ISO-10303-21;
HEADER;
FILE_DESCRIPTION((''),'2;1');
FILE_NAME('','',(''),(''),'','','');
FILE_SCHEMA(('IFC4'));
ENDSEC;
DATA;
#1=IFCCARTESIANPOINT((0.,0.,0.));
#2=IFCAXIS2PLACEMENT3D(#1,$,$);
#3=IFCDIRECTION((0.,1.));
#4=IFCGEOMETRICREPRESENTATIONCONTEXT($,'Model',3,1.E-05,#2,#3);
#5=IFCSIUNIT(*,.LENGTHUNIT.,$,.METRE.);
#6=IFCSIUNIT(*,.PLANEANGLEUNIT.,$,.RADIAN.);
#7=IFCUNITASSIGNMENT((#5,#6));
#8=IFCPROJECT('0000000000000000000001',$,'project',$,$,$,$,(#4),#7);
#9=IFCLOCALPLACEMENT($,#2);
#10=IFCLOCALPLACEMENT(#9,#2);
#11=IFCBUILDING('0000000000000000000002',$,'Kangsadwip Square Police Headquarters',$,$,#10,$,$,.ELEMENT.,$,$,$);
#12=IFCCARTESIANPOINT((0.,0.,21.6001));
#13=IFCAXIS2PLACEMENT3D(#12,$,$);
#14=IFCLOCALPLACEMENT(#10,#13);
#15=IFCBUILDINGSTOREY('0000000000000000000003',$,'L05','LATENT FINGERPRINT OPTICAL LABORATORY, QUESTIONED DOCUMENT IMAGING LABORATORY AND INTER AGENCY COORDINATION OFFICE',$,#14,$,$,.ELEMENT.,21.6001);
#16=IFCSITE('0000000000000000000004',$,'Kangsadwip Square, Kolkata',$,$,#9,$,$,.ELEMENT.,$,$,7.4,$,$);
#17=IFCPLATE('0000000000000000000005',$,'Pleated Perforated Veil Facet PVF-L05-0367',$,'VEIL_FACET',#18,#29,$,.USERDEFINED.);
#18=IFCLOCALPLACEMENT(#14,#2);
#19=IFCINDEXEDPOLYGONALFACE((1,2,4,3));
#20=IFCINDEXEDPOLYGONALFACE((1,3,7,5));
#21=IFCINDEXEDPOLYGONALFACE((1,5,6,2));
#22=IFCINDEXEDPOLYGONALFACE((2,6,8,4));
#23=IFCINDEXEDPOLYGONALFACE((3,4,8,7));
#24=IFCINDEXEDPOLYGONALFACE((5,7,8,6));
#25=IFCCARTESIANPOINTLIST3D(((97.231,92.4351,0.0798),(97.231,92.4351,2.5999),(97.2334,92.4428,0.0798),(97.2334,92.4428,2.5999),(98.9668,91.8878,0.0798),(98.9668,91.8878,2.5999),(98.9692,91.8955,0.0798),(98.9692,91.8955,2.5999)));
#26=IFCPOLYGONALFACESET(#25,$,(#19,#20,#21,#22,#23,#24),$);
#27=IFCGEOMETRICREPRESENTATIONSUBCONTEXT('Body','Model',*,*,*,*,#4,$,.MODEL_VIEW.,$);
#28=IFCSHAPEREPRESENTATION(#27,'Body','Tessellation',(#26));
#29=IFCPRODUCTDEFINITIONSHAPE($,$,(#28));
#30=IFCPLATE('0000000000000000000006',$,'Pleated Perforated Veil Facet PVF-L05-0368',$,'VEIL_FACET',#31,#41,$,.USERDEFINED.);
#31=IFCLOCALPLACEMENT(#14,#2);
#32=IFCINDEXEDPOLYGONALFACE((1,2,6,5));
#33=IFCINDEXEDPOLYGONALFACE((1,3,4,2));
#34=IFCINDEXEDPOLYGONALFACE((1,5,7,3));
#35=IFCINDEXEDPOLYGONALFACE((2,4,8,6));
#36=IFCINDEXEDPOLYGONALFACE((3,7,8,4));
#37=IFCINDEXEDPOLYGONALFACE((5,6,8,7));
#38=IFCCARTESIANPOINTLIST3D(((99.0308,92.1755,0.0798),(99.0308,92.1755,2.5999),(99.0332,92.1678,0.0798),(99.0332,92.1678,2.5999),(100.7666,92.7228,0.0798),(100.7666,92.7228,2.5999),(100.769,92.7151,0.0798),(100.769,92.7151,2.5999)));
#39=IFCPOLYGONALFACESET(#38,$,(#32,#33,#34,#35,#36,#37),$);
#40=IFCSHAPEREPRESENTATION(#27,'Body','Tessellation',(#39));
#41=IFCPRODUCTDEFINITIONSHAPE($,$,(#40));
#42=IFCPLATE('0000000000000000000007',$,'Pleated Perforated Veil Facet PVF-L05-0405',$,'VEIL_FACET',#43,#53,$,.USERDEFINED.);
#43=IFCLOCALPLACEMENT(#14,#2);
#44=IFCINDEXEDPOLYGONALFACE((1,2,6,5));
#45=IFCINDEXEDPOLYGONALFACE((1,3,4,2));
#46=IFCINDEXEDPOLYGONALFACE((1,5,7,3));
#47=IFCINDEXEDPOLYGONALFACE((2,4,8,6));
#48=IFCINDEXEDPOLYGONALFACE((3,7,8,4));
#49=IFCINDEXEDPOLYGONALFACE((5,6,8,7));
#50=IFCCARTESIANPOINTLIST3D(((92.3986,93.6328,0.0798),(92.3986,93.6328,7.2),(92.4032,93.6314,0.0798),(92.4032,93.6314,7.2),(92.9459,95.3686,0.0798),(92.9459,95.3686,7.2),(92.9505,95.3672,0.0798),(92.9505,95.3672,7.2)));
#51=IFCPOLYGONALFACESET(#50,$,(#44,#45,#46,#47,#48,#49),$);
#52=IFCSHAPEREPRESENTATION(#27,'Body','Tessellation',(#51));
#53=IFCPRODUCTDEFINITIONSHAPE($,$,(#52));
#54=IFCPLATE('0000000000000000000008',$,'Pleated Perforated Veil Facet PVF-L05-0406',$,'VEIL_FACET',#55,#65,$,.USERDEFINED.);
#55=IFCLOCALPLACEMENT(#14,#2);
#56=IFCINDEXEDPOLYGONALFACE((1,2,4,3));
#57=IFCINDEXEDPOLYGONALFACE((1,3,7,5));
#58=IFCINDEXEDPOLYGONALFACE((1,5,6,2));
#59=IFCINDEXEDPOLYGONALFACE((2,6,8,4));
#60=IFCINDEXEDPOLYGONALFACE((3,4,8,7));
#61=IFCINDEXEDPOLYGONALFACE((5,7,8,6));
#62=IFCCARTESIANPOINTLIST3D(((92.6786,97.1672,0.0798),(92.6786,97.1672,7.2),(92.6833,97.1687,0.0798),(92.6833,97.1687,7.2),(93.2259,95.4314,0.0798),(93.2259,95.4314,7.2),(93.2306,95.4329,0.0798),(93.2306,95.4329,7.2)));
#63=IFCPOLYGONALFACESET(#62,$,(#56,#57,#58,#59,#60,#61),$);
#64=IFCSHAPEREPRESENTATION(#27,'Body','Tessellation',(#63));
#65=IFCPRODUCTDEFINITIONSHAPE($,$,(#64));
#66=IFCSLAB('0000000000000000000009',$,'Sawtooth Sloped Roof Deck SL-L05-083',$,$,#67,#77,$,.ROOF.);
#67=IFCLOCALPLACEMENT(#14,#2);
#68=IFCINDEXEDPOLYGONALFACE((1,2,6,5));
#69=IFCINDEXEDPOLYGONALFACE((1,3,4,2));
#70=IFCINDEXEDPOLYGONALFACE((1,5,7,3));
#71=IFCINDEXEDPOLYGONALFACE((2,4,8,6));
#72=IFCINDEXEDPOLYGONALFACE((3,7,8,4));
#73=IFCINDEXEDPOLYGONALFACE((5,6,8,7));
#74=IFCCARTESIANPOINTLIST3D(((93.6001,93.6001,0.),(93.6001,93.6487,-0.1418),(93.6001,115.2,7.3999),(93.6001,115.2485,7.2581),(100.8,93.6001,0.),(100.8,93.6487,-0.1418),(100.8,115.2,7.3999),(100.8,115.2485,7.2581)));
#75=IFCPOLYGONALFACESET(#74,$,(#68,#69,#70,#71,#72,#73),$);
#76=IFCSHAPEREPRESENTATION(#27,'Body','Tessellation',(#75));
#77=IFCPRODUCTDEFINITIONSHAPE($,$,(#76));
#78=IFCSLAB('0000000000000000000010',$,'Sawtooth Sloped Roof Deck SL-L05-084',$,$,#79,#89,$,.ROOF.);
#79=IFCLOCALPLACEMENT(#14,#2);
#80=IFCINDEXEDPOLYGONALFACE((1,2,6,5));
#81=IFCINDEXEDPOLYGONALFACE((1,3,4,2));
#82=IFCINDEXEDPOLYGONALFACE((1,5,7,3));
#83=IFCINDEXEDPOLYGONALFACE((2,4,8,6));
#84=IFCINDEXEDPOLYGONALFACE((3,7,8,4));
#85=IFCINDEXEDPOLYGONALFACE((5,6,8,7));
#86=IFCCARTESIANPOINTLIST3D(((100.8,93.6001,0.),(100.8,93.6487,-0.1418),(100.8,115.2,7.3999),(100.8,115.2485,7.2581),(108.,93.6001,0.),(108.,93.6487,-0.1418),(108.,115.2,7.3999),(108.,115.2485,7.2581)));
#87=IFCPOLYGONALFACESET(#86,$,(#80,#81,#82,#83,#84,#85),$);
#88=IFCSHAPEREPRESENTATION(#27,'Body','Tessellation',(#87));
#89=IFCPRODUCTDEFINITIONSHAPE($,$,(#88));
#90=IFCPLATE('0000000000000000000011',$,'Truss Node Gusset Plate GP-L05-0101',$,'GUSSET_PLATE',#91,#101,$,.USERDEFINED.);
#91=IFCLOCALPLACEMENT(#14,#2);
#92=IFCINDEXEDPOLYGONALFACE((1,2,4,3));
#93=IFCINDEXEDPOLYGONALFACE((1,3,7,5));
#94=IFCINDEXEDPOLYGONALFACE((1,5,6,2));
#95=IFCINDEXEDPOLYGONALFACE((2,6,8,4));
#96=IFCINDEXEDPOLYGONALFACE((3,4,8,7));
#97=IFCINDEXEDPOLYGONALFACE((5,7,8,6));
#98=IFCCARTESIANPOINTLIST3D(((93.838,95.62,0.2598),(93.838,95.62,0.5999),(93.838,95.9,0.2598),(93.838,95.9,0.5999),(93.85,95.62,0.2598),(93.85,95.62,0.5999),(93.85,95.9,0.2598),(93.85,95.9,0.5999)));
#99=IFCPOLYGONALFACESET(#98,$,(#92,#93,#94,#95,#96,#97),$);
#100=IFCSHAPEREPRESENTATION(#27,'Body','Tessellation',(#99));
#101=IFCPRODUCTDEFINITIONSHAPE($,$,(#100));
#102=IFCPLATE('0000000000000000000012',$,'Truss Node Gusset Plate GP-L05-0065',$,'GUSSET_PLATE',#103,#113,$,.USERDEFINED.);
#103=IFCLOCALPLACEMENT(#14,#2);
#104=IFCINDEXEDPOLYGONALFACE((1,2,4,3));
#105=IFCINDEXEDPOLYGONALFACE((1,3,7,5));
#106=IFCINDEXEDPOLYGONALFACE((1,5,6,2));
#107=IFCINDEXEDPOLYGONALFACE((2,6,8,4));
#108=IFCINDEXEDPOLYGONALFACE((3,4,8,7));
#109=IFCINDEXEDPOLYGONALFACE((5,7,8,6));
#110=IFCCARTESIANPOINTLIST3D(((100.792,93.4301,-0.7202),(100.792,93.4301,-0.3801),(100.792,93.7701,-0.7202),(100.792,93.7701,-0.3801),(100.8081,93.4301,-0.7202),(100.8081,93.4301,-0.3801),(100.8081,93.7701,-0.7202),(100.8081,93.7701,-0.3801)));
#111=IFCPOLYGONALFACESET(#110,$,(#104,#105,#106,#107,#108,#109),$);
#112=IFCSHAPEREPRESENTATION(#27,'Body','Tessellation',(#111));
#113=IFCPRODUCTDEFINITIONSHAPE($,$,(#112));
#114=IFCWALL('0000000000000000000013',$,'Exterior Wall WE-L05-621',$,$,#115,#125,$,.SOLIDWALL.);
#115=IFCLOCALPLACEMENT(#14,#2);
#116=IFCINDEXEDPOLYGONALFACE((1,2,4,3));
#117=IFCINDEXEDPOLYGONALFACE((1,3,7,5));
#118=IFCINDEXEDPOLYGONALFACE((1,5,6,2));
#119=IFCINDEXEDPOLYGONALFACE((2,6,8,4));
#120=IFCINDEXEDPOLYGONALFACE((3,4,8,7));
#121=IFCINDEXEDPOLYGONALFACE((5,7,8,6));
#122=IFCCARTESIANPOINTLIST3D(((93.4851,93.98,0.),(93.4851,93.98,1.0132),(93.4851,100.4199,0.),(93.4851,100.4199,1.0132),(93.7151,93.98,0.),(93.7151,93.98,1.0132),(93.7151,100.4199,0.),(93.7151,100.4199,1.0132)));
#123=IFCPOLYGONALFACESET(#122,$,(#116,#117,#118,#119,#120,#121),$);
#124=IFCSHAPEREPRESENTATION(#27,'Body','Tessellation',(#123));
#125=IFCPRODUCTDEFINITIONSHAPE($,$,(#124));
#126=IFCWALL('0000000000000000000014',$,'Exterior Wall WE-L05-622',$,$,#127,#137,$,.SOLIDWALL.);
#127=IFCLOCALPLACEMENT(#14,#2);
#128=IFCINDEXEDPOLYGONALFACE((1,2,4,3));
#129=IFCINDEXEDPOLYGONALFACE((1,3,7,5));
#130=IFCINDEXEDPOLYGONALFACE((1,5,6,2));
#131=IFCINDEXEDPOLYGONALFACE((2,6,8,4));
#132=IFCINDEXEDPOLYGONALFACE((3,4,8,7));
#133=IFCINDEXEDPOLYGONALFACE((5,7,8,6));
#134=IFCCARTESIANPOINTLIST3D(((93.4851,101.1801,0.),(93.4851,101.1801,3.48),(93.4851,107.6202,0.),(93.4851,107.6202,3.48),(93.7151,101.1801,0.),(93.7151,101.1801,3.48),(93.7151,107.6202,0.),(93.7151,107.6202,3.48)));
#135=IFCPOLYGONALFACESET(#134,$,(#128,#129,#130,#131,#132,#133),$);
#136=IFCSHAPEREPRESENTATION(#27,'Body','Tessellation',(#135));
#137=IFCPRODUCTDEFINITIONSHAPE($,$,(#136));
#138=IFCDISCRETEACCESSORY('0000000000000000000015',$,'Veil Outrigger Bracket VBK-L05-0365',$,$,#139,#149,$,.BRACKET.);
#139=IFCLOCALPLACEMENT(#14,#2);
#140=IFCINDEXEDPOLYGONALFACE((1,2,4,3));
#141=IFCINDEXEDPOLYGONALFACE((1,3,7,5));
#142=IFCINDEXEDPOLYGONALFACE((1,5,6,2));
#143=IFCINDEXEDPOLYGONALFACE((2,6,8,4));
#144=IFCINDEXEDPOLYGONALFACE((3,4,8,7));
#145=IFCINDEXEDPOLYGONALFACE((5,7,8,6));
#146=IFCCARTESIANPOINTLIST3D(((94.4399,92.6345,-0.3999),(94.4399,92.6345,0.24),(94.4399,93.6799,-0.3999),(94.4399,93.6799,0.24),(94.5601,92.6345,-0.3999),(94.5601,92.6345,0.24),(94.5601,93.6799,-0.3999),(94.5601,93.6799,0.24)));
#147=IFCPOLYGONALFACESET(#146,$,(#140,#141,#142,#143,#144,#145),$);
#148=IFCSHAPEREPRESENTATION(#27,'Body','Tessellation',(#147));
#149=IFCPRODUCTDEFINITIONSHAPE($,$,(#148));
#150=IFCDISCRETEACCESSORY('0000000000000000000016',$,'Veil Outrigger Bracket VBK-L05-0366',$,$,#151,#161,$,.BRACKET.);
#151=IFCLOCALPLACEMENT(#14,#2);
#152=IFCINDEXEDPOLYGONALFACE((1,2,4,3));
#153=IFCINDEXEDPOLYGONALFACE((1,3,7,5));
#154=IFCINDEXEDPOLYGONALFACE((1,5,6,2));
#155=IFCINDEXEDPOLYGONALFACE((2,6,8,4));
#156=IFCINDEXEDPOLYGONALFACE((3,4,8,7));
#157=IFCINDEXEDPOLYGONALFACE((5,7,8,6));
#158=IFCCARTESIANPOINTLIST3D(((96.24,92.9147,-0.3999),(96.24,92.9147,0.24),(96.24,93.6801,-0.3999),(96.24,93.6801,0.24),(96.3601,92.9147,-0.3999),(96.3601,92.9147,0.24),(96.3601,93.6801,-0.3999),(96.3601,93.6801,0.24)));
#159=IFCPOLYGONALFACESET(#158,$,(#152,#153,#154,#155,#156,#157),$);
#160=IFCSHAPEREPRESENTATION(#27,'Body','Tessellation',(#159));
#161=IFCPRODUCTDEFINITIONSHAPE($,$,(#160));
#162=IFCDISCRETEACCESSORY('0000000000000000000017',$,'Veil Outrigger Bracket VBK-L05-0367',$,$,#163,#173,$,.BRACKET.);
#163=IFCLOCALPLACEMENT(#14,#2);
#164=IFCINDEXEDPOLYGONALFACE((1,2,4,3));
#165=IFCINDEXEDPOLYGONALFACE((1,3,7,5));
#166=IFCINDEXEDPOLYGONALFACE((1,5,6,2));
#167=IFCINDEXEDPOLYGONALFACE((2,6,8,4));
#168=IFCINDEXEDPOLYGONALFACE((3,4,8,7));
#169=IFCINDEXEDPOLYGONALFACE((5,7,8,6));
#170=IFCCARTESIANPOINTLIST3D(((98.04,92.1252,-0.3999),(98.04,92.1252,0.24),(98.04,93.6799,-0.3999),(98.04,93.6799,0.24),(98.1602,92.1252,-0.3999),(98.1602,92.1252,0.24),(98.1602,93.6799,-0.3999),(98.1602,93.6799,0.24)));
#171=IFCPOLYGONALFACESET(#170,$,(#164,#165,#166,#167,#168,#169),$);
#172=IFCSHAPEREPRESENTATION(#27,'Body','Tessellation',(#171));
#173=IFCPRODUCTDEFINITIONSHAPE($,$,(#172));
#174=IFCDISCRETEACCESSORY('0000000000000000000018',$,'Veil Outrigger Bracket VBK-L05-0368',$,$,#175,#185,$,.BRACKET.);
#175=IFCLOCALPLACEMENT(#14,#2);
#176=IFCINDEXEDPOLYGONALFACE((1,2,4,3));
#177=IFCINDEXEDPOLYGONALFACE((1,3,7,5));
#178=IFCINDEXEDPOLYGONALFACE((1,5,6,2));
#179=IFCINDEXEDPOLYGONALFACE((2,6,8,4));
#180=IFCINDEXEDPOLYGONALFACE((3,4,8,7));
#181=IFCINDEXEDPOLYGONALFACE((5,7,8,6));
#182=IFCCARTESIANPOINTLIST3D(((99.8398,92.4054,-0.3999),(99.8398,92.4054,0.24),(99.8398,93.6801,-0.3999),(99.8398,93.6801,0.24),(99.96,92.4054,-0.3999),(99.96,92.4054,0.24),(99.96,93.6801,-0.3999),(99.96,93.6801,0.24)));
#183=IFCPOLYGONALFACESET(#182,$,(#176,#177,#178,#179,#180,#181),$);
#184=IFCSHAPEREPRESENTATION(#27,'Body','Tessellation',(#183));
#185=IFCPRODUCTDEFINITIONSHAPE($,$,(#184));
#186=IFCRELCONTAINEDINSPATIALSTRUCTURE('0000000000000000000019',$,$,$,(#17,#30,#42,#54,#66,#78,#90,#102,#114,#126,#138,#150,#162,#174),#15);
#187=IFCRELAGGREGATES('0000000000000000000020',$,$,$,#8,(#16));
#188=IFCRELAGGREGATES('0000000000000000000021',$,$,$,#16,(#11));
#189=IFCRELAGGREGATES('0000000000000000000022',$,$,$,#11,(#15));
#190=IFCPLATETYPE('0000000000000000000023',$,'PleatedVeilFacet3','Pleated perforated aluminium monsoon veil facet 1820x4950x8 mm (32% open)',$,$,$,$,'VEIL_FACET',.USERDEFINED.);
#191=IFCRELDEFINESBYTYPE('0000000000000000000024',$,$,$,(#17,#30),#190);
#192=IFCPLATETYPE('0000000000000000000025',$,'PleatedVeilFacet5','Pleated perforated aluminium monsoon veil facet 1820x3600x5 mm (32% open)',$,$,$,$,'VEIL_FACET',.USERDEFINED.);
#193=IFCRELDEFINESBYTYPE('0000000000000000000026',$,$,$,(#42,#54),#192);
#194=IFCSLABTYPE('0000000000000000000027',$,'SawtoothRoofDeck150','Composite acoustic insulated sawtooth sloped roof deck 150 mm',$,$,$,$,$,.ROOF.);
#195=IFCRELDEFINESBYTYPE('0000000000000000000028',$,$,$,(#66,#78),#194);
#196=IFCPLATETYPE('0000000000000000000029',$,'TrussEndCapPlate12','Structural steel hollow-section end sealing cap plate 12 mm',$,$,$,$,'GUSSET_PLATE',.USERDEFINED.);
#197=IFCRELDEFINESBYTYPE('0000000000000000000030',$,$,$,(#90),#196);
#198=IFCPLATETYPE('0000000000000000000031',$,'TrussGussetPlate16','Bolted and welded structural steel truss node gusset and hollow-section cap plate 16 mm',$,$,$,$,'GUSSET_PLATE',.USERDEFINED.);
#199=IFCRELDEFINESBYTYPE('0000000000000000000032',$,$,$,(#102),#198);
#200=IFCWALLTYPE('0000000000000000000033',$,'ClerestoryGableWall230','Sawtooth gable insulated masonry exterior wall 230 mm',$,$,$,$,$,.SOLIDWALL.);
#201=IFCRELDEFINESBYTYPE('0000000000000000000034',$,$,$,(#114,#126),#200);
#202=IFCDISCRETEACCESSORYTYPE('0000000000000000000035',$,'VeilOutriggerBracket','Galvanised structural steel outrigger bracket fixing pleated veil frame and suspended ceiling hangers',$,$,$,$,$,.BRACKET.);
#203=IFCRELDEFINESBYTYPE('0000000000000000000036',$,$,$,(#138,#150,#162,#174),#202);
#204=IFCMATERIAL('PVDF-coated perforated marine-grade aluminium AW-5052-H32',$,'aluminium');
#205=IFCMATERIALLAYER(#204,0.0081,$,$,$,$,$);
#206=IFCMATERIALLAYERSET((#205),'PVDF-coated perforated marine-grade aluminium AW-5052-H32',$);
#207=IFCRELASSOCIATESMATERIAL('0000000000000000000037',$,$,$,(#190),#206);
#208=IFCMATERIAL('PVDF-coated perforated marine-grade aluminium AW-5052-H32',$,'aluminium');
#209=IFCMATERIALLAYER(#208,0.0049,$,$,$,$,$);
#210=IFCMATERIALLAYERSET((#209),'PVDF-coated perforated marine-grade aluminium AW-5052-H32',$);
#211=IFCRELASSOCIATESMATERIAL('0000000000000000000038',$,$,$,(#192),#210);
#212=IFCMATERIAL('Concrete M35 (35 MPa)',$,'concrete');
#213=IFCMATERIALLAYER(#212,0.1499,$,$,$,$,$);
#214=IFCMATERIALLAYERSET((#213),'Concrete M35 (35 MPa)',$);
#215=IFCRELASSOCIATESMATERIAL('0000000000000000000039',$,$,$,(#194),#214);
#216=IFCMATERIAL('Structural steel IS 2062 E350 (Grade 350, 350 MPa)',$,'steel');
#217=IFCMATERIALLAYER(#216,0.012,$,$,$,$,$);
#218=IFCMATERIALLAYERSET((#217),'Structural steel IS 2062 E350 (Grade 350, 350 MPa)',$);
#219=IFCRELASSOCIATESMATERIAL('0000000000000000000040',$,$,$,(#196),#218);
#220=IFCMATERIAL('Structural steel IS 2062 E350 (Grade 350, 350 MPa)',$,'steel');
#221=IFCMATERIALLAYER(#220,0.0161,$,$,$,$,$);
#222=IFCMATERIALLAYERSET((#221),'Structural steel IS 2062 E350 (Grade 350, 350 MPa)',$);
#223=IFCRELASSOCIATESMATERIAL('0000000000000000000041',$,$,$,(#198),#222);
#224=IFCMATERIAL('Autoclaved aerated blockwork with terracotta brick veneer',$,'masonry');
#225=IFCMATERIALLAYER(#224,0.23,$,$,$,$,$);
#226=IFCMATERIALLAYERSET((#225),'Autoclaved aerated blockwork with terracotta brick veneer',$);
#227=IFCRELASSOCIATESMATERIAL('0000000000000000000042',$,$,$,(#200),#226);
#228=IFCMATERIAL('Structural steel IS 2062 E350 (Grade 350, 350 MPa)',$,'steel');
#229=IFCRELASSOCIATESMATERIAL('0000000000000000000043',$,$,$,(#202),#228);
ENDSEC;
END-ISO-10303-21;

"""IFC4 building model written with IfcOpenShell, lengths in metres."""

from ifc_helpers import new_model, si_unit, direction, frame, frame_2d, origin, origin_2d, place, context, subcontext, project, spatial, polyline, rectangle, outline, extrude, material, layer, layer_set, type_object, element, save


model = new_model("IFC4")

# Units and contexts
model_context = context("Model", 3, precision=1e-05, world=origin(), true_north=direction((0.0, 1.0)))
body_context = subcontext(model_context, "Body", "Model", "MODEL_VIEW")
ifc_project = project(units=[si_unit("LENGTHUNIT", "METRE"), si_unit("PLANEANGLEUNIT", "RADIAN")], contexts=[model_context])

# Site, building, storey
site_placement = place(None, origin())
site = spatial("IfcSite", under=ifc_project, at=site_placement, Name="Kangsadwip Square, Kolkata", CompositionType="ELEMENT", RefElevation=7.4)
building_placement = place(site_placement, origin())
building = spatial("IfcBuilding", under=site, at=building_placement, Name="Kangsadwip Square Police Headquarters", CompositionType="ELEMENT")
storey_placement = place(building_placement, frame((0.0, 0.0, 21.6001)))
storey = spatial("IfcBuildingStorey", under=building, at=storey_placement, Name="L05", Description="LATENT FINGERPRINT OPTICAL LABORATORY, QUESTIONED DOCUMENT IMAGING LABORATORY AND INTER AGENCY COORDINATION OFFICE", CompositionType="ELEMENT", Elevation=21.6001)

# Plates
ifc_material_1 = material(Name="PVDF-coated perforated marine-grade aluminium AW-5052-H32", Category="aluminium")
ifc_layer_1 = layer(ifc_material_1, 0.0081)
ifc_layer_set_1 = layer_set([ifc_layer_1], Name="PVDF-coated perforated marine-grade aluminium AW-5052-H32")
plate_type_1 = type_object("IfcPlateType", Name="PleatedVeilFacet3", Description="Pleated perforated aluminium monsoon veil facet 1820x4950x8 mm (32% open)", ElementType="VEIL_FACET", PredefinedType="USERDEFINED", material=ifc_layer_set_1)
for number, where, z_axis, x_axis, name in (
    (1, (98.1001, 92.1653, 0.0798), (0.0, 0.0, 1.0), (0.953717, -0.300706, 0.0), "Pleated Perforated Veil Facet PVF-L05-0367"),
    (2, (99.8999, 92.4453, 0.0798), (0.0, 0.0, 1.0), (0.953717, 0.300706, 0.0), "Pleated Perforated Veil Facet PVF-L05-0368"),
):
    element("IfcPlate", number, at=place(storey_placement, frame(where, z_axis=z_axis, x_axis=x_axis)), inside=storey, type_object=plate_type_1, Name=name, ObjectType="VEIL_FACET", PredefinedType="USERDEFINED", context=body_context, shape_type="SweptSolid", body=[
        extrude(rectangle(XDim=1.8201, YDim=0.0081, at=origin_2d()), origin(), (0.0, 0.0, 1.0), 2.52),
    ])
ifc_material_2 = material(Name="PVDF-coated perforated marine-grade aluminium AW-5052-H32", Category="aluminium")
ifc_layer_2 = layer(ifc_material_2, 0.0049)
ifc_layer_set_2 = layer_set([ifc_layer_2], Name="PVDF-coated perforated marine-grade aluminium AW-5052-H32")
plate_type_2 = type_object("IfcPlateType", Name="PleatedVeilFacet5", Description="Pleated perforated aluminium monsoon veil facet 1820x3600x5 mm (32% open)", ElementType="VEIL_FACET", PredefinedType="USERDEFINED", material=ifc_layer_set_2)
for number, where, z_axis, x_axis, name in (
    (3, (92.6746, 94.5, 0.0798), (0.0, 0.0, 1.0), (0.300706, 0.953717, 0.0), "Pleated Perforated Veil Facet PVF-L05-0405"),
    (4, (92.9546, 96.3, 0.0798), (0.0, 0.0, 1.0), (-0.300706, 0.953717, 0.0), "Pleated Perforated Veil Facet PVF-L05-0406"),
):
    element("IfcPlate", number, at=place(storey_placement, frame(where, z_axis=z_axis, x_axis=x_axis)), inside=storey, type_object=plate_type_2, Name=name, ObjectType="VEIL_FACET", PredefinedType="USERDEFINED", context=body_context, shape_type="SweptSolid", body=[
        extrude(rectangle(XDim=1.8201, YDim=0.0049, at=origin_2d()), origin(), (0.0, 0.0, 1.0), 7.1201),
    ])

# Slabs
ifc_material_3 = material(Name="Concrete M35 (35 MPa)", Category="concrete")
ifc_layer_3 = layer(ifc_material_3, 0.1499)
ifc_layer_set_3 = layer_set([ifc_layer_3], Name="Concrete M35 (35 MPa)")
slab_type = type_object("IfcSlabType", Name="SawtoothRoofDeck150", Description="Composite acoustic insulated sawtooth sloped roof deck 150 mm", PredefinedType="ROOF", material=ifc_layer_set_3)
for number, where, z_axis, x_axis, name in (
    (5, (93.6001, 93.6001, 0.0), (0.0, -0.324099, 0.946023), (1.0, 0.0, 0.0), "Sawtooth Sloped Roof Deck SL-L05-083"),
    (6, (100.8, 93.6001, 0.0), (0.0, -0.324099, 0.946023), (1.0, 0.0, 0.0), "Sawtooth Sloped Roof Deck SL-L05-084"),
):
    element("IfcSlab", number, at=place(storey_placement, frame(where, z_axis=z_axis, x_axis=x_axis)), inside=storey, type_object=slab_type, Name=name, PredefinedType="ROOF", context=body_context, shape_type="SweptSolid", body=[
        extrude(outline(polyline([(0.0, 0.0), (7.2, 0.0), (7.2, 22.8323), (0.0, 22.8323), (0.0, 0.0)])), origin(), (0.0, 0.0, -1.0), 0.1499),
    ])

# Plates
ifc_material_4 = material(Name="Structural steel IS 2062 E350 (Grade 350, 350 MPa)", Category="steel")
ifc_layer_4 = layer(ifc_material_4, 0.012)
ifc_layer_set_4 = layer_set([ifc_layer_4], Name="Structural steel IS 2062 E350 (Grade 350, 350 MPa)")
plate_type_3 = type_object("IfcPlateType", Name="TrussEndCapPlate12", Description="Structural steel hollow-section end sealing cap plate 12 mm", ElementType="GUSSET_PLATE", PredefinedType="USERDEFINED", material=ifc_layer_set_4)
plate_1_placement = place(storey_placement, frame((93.844, 95.76, 0.2598), z_axis=(0.0, 0.0, 1.0), x_axis=(0.0, 1.0, 0.0)))
element("IfcPlate", 7, at=plate_1_placement, inside=storey, type_object=plate_type_3, Name="Truss Node Gusset Plate GP-L05-0101", ObjectType="GUSSET_PLATE", PredefinedType="USERDEFINED", context=body_context, shape_type="SweptSolid", body=[
    extrude(rectangle(XDim=0.28, YDim=0.012, at=origin_2d()), origin(), (0.0, 0.0, 1.0), 0.3401),
])
ifc_material_5 = material(Name="Structural steel IS 2062 E350 (Grade 350, 350 MPa)", Category="steel")
ifc_layer_5 = layer(ifc_material_5, 0.0161)
ifc_layer_set_5 = layer_set([ifc_layer_5], Name="Structural steel IS 2062 E350 (Grade 350, 350 MPa)")
plate_type_4 = type_object("IfcPlateType", Name="TrussGussetPlate16", Description="Bolted and welded structural steel truss node gusset and hollow-section cap plate 16 mm", ElementType="GUSSET_PLATE", PredefinedType="USERDEFINED", material=ifc_layer_set_5)
plate_2_placement = place(storey_placement, frame((100.8, 93.6001, -0.7202), z_axis=(0.0, 0.0, 1.0), x_axis=(0.0, 1.0, 0.0)))
element("IfcPlate", 8, at=plate_2_placement, inside=storey, type_object=plate_type_4, Name="Truss Node Gusset Plate GP-L05-0065", ObjectType="GUSSET_PLATE", PredefinedType="USERDEFINED", context=body_context, shape_type="SweptSolid", body=[
    extrude(rectangle(XDim=0.3401, YDim=0.0161, at=origin_2d()), origin(), (0.0, 0.0, 1.0), 0.3401),
])

# Walls
ifc_material_6 = material(Name="Autoclaved aerated blockwork with terracotta brick veneer", Category="masonry")
ifc_layer_6 = layer(ifc_material_6, 0.23)
ifc_layer_set_6 = layer_set([ifc_layer_6], Name="Autoclaved aerated blockwork with terracotta brick veneer")
wall_type = type_object("IfcWallType", Name="ClerestoryGableWall230", Description="Sawtooth gable insulated masonry exterior wall 230 mm", PredefinedType="SOLIDWALL", material=ifc_layer_set_6)
wall_1_placement = place(storey_placement, frame((93.6001, 93.98, 0.0), z_axis=(0.0, 0.0, 1.0), x_axis=(0.0, 1.0, 0.0)))
element("IfcWall", 9, at=wall_1_placement, inside=storey, type_object=wall_type, Name="Exterior Wall WE-L05-621", PredefinedType="SOLIDWALL", context=body_context, shape_type="SweptSolid", body=[
    extrude(rectangle(XDim=6.4399, YDim=0.23, at=frame_2d((3.22, 0.0))), origin(), (0.0, 0.0, 1.0), 1.0132),
])
wall_2_placement = place(storey_placement, frame((93.6001, 101.1799, 0.0), z_axis=(0.0, 0.0, 1.0), x_axis=(0.0, 1.0, 0.0)))
element("IfcWall", 10, at=wall_2_placement, inside=storey, type_object=wall_type, Name="Exterior Wall WE-L05-622", PredefinedType="SOLIDWALL", context=body_context, shape_type="SweptSolid", body=[
    extrude(rectangle(XDim=6.4402, YDim=0.23, at=frame_2d((3.2202, 0.0))), origin(), (0.0, 0.0, 1.0), 3.48),
])

# Discrete accessories
ifc_material_7 = material(Name="Structural steel IS 2062 E350 (Grade 350, 350 MPa)", Category="steel")
discrete_accessory_type = type_object("IfcDiscreteAccessoryType", Name="VeilOutriggerBracket", Description="Galvanised structural steel outrigger bracket fixing pleated veil frame and suspended ceiling hangers", PredefinedType="BRACKET", material=ifc_material_7)
discrete_accessory_1_placement = place(storey_placement, frame((94.5, 93.1572, -0.3999), z_axis=(0.0, 0.0, 1.0), x_axis=(1.0, 0.0, 0.0)))
element("IfcDiscreteAccessory", 11, at=discrete_accessory_1_placement, inside=storey, type_object=discrete_accessory_type, Name="Veil Outrigger Bracket VBK-L05-0365", PredefinedType="BRACKET", context=body_context, shape_type="SweptSolid", body=[
    extrude(rectangle(XDim=0.1201, YDim=1.0454, at=origin_2d()), origin(), (0.0, 0.0, 1.0), 0.6399),
])
discrete_accessory_2_placement = place(storey_placement, frame((96.3, 93.2974, -0.3999), z_axis=(0.0, 0.0, 1.0), x_axis=(1.0, 0.0, 0.0)))
element("IfcDiscreteAccessory", 12, at=discrete_accessory_2_placement, inside=storey, type_object=discrete_accessory_type, Name="Veil Outrigger Bracket VBK-L05-0366", PredefinedType="BRACKET", context=body_context, shape_type="SweptSolid", body=[
    extrude(rectangle(XDim=0.1201, YDim=0.7654, at=origin_2d()), origin(), (0.0, 0.0, 1.0), 0.6399),
])
discrete_accessory_3_placement = place(storey_placement, frame((98.1001, 92.9026, -0.3999), z_axis=(0.0, 0.0, 1.0), x_axis=(1.0, 0.0, 0.0)))
element("IfcDiscreteAccessory", 13, at=discrete_accessory_3_placement, inside=storey, type_object=discrete_accessory_type, Name="Veil Outrigger Bracket VBK-L05-0367", PredefinedType="BRACKET", context=body_context, shape_type="SweptSolid", body=[
    extrude(rectangle(XDim=0.1201, YDim=1.5547, at=origin_2d()), origin(), (0.0, 0.0, 1.0), 0.6399),
])
discrete_accessory_4_placement = place(storey_placement, frame((99.8999, 93.0427, -0.3999), z_axis=(0.0, 0.0, 1.0), x_axis=(1.0, 0.0, 0.0)))
element("IfcDiscreteAccessory", 14, at=discrete_accessory_4_placement, inside=storey, type_object=discrete_accessory_type, Name="Veil Outrigger Bracket VBK-L05-0368", PredefinedType="BRACKET", context=body_context, shape_type="SweptSolid", body=[
    extrude(rectangle(XDim=0.1201, YDim=1.2747, at=origin_2d()), origin(), (0.0, 0.0, 1.0), 0.6399),
])

save(model, "model.ifc")
